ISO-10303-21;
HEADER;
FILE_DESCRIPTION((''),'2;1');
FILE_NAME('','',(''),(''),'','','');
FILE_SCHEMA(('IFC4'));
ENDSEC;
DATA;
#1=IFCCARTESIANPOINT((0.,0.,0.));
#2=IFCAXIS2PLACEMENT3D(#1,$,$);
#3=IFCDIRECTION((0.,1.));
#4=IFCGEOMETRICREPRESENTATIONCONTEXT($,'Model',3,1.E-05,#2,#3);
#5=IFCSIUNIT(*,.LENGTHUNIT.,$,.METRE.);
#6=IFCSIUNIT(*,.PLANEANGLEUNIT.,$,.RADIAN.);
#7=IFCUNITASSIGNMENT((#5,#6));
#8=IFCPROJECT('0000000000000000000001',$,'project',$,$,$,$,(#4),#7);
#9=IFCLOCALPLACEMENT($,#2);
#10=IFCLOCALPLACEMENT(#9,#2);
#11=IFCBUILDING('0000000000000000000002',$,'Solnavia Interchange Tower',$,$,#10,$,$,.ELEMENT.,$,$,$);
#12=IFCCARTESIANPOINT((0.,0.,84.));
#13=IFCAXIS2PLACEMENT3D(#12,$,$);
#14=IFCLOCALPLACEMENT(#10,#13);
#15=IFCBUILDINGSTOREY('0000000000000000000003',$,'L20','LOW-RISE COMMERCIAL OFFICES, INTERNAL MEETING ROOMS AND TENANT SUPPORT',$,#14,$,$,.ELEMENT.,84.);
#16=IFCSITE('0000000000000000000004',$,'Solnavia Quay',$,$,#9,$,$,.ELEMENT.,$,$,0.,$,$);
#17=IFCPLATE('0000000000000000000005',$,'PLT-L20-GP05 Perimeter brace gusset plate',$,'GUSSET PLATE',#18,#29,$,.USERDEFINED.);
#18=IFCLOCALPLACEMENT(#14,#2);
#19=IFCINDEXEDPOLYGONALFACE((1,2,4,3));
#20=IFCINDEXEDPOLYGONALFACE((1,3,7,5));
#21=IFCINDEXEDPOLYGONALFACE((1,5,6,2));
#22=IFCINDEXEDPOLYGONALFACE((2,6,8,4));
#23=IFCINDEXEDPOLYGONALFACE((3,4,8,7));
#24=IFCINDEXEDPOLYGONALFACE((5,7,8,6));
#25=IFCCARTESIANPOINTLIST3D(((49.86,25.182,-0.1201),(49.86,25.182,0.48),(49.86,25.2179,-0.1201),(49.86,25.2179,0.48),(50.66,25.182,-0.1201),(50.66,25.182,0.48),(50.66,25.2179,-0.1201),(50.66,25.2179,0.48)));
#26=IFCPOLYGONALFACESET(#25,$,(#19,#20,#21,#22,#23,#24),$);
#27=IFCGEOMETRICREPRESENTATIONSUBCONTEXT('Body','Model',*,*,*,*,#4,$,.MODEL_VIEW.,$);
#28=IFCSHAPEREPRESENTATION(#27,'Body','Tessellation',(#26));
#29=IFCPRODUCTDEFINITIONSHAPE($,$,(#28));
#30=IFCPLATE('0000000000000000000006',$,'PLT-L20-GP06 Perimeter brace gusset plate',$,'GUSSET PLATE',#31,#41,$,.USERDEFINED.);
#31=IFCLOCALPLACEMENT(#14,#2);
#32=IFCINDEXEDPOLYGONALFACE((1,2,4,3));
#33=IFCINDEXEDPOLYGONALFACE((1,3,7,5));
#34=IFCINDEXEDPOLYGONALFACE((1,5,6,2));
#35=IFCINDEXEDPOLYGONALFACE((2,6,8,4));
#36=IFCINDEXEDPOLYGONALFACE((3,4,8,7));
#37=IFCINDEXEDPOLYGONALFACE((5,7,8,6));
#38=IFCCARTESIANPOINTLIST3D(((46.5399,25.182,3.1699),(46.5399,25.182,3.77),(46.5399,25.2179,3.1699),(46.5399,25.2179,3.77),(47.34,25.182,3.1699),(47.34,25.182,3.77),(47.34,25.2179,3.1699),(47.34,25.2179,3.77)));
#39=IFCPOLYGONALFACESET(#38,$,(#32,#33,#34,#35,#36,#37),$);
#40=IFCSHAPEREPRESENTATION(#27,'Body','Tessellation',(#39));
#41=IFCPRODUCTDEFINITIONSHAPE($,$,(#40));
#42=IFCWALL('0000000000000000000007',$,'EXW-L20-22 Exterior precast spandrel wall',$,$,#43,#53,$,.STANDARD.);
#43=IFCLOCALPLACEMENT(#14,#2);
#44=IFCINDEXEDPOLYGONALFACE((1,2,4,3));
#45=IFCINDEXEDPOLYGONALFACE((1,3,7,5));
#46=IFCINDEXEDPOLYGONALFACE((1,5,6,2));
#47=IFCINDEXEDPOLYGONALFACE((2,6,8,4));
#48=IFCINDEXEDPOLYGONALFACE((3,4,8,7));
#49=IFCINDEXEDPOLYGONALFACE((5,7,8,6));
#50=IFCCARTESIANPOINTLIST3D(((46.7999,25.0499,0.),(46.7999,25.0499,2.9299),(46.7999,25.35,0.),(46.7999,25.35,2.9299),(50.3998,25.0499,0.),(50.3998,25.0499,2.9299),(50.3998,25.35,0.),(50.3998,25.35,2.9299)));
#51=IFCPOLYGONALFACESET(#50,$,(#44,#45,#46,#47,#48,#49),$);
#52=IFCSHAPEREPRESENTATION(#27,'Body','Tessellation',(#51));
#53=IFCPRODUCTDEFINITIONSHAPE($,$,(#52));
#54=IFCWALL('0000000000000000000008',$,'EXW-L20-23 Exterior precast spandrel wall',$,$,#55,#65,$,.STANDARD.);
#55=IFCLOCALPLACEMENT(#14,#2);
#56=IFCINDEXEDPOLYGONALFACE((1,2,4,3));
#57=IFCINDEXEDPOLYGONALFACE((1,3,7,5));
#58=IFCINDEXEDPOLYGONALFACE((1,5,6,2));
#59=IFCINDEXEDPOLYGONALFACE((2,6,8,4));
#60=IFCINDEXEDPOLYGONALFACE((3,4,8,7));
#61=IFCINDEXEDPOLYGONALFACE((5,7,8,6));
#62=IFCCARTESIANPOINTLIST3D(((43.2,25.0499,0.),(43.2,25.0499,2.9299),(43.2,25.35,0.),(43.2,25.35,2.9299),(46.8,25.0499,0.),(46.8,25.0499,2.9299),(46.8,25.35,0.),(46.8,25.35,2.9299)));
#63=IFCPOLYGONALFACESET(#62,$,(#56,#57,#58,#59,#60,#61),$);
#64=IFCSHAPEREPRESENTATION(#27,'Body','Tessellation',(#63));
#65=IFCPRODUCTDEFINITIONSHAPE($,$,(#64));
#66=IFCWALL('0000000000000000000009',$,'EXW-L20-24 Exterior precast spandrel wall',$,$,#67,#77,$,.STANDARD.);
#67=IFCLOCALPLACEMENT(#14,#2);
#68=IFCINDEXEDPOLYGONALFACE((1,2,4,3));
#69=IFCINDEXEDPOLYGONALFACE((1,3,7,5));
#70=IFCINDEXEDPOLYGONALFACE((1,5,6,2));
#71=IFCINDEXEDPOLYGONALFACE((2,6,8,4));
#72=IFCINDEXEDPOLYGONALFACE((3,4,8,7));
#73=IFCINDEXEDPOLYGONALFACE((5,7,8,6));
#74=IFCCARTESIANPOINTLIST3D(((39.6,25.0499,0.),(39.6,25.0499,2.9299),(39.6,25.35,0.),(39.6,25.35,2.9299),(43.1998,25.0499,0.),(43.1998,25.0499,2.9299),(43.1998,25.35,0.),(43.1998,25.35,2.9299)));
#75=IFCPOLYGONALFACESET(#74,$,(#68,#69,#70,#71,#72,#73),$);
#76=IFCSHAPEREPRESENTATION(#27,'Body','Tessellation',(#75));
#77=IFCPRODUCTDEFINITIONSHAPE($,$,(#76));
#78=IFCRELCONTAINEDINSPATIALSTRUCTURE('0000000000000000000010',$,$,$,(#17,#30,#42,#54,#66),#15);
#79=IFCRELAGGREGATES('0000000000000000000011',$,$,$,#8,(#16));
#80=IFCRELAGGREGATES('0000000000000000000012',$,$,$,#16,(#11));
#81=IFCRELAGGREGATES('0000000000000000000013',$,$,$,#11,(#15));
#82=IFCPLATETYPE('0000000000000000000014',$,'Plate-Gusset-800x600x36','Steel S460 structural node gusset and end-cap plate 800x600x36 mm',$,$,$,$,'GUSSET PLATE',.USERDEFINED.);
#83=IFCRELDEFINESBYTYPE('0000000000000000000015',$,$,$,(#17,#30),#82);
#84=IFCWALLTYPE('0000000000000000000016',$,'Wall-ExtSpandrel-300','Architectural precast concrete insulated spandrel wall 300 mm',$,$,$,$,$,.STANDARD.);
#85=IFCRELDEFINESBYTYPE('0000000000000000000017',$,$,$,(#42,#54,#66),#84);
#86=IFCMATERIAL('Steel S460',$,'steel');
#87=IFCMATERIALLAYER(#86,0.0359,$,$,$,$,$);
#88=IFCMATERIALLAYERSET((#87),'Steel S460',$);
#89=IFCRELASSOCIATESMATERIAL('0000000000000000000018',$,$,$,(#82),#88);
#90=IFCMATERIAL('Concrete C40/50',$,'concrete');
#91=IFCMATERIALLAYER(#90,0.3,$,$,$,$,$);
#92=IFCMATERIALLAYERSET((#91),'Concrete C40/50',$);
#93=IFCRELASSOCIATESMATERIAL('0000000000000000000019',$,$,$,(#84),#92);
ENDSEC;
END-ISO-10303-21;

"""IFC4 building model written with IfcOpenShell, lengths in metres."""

from ifc_helpers import new_model, si_unit, direction, frame, frame_2d, origin, origin_2d, place, context, subcontext, project, spatial, rectangle, extrude, material, layer, layer_set, type_object, element, save


model = new_model("IFC4")

# Units and contexts
model_context = context("Model", 3, precision=1e-05, world=origin(), true_north=direction((0.0, 1.0)))
body_context = subcontext(model_context, "Body", "Model", "MODEL_VIEW")
ifc_project = project(units=[si_unit("LENGTHUNIT", "METRE"), si_unit("PLANEANGLEUNIT", "RADIAN")], contexts=[model_context])

# Site, building, storey
site_placement = place(None, origin())
site = spatial("IfcSite", under=ifc_project, at=site_placement, Name="Solnavia Quay", CompositionType="ELEMENT", RefElevation=0.0)
building_placement = place(site_placement, origin())
building = spatial("IfcBuilding", under=site, at=building_placement, Name="Solnavia Interchange Tower", CompositionType="ELEMENT")
storey_placement = place(building_placement, frame((0.0, 0.0, 84.0)))
storey = spatial("IfcBuildingStorey", under=building, at=storey_placement, Name="L20", Description="LOW-RISE COMMERCIAL OFFICES, INTERNAL MEETING ROOMS AND TENANT SUPPORT", CompositionType="ELEMENT", Elevation=84.0)

# Shared definitions
ifc_material_1 = material(Name="Steel S460", Category="steel")

# Plates
ifc_layer_1 = layer(ifc_material_1, 0.0359)
ifc_layer_set_1 = layer_set([ifc_layer_1], Name="Steel S460")
plate_type = type_object("IfcPlateType", Name="Plate-Gusset-800x600x36", Description="Steel S460 structural node gusset and end-cap plate 800x600x36 mm", ElementType="GUSSET PLATE", PredefinedType="USERDEFINED", material=ifc_layer_set_1)
for number, where, z_axis, x_axis, name in (
    (1, (50.26, 25.2, -0.1201), (0.0, 0.0, 1.0), (-1.0, 0.0, 0.0), "PLT-L20-GP05 Perimeter brace gusset plate"),
    (2, (46.9399, 25.2, 3.1699), (0.0, 0.0, 1.0), (-1.0, 0.0, 0.0), "PLT-L20-GP06 Perimeter brace gusset plate"),
):
    element("IfcPlate", number, at=place(storey_placement, frame(where, z_axis=z_axis, x_axis=x_axis)), inside=storey, type_object=plate_type, Name=name, ObjectType="GUSSET PLATE", PredefinedType="USERDEFINED", context=body_context, shape_type="SweptSolid", body=[
        extrude(rectangle(XDim=0.8, YDim=0.0359, at=origin_2d()), origin(), (0.0, 0.0, 1.0), 0.6001),
    ])

# Walls
ifc_material_2 = material(Name="Concrete C40/50", Category="concrete")
ifc_layer_2 = layer(ifc_material_2, 0.3)
ifc_layer_set_2 = layer_set([ifc_layer_2], Name="Concrete C40/50")
wall_type = type_object("IfcWallType", Name="Wall-ExtSpandrel-300", Description="Architectural precast concrete insulated spandrel wall 300 mm", PredefinedType="STANDARD", material=ifc_layer_set_2)
wall_1_placement = place(storey_placement, frame((46.8, 25.2, 0.0), z_axis=(0.0, 0.0, 1.0), x_axis=(1.0, 0.0, 0.0)))
element("IfcWall", 3, at=wall_1_placement, inside=storey, type_object=wall_type, Name="EXW-L20-22 Exterior precast spandrel wall", PredefinedType="STANDARD", context=body_context, shape_type="SweptSolid", body=[
    extrude(rectangle(XDim=3.5999, YDim=0.3, at=frame_2d((1.7998, 0.0))), origin(), (0.0, 0.0, 1.0), 2.9299),
])
wall_2_placement = place(storey_placement, frame((43.2, 25.2, 0.0), z_axis=(0.0, 0.0, 1.0), x_axis=(1.0, 0.0, 0.0)))
element("IfcWall", 4, at=wall_2_placement, inside=storey, type_object=wall_type, Name="EXW-L20-23 Exterior precast spandrel wall", PredefinedType="STANDARD", context=body_context, shape_type="SweptSolid", body=[
    extrude(rectangle(XDim=3.6001, YDim=0.3, at=frame_2d((1.8, 0.0))), origin(), (0.0, 0.0, 1.0), 2.9299),
])
wall_3_placement = place(storey_placement, frame((39.6001, 25.2, 0.0), z_axis=(0.0, 0.0, 1.0), x_axis=(1.0, 0.0, 0.0)))
element("IfcWall", 5, at=wall_3_placement, inside=storey, type_object=wall_type, Name="EXW-L20-24 Exterior precast spandrel wall", PredefinedType="STANDARD", context=body_context, shape_type="SweptSolid", body=[
    extrude(rectangle(XDim=3.5999, YDim=0.3, at=frame_2d((1.7998, 0.0))), origin(), (0.0, 0.0, 1.0), 2.9299),
])

save(model, "model.ifc")
